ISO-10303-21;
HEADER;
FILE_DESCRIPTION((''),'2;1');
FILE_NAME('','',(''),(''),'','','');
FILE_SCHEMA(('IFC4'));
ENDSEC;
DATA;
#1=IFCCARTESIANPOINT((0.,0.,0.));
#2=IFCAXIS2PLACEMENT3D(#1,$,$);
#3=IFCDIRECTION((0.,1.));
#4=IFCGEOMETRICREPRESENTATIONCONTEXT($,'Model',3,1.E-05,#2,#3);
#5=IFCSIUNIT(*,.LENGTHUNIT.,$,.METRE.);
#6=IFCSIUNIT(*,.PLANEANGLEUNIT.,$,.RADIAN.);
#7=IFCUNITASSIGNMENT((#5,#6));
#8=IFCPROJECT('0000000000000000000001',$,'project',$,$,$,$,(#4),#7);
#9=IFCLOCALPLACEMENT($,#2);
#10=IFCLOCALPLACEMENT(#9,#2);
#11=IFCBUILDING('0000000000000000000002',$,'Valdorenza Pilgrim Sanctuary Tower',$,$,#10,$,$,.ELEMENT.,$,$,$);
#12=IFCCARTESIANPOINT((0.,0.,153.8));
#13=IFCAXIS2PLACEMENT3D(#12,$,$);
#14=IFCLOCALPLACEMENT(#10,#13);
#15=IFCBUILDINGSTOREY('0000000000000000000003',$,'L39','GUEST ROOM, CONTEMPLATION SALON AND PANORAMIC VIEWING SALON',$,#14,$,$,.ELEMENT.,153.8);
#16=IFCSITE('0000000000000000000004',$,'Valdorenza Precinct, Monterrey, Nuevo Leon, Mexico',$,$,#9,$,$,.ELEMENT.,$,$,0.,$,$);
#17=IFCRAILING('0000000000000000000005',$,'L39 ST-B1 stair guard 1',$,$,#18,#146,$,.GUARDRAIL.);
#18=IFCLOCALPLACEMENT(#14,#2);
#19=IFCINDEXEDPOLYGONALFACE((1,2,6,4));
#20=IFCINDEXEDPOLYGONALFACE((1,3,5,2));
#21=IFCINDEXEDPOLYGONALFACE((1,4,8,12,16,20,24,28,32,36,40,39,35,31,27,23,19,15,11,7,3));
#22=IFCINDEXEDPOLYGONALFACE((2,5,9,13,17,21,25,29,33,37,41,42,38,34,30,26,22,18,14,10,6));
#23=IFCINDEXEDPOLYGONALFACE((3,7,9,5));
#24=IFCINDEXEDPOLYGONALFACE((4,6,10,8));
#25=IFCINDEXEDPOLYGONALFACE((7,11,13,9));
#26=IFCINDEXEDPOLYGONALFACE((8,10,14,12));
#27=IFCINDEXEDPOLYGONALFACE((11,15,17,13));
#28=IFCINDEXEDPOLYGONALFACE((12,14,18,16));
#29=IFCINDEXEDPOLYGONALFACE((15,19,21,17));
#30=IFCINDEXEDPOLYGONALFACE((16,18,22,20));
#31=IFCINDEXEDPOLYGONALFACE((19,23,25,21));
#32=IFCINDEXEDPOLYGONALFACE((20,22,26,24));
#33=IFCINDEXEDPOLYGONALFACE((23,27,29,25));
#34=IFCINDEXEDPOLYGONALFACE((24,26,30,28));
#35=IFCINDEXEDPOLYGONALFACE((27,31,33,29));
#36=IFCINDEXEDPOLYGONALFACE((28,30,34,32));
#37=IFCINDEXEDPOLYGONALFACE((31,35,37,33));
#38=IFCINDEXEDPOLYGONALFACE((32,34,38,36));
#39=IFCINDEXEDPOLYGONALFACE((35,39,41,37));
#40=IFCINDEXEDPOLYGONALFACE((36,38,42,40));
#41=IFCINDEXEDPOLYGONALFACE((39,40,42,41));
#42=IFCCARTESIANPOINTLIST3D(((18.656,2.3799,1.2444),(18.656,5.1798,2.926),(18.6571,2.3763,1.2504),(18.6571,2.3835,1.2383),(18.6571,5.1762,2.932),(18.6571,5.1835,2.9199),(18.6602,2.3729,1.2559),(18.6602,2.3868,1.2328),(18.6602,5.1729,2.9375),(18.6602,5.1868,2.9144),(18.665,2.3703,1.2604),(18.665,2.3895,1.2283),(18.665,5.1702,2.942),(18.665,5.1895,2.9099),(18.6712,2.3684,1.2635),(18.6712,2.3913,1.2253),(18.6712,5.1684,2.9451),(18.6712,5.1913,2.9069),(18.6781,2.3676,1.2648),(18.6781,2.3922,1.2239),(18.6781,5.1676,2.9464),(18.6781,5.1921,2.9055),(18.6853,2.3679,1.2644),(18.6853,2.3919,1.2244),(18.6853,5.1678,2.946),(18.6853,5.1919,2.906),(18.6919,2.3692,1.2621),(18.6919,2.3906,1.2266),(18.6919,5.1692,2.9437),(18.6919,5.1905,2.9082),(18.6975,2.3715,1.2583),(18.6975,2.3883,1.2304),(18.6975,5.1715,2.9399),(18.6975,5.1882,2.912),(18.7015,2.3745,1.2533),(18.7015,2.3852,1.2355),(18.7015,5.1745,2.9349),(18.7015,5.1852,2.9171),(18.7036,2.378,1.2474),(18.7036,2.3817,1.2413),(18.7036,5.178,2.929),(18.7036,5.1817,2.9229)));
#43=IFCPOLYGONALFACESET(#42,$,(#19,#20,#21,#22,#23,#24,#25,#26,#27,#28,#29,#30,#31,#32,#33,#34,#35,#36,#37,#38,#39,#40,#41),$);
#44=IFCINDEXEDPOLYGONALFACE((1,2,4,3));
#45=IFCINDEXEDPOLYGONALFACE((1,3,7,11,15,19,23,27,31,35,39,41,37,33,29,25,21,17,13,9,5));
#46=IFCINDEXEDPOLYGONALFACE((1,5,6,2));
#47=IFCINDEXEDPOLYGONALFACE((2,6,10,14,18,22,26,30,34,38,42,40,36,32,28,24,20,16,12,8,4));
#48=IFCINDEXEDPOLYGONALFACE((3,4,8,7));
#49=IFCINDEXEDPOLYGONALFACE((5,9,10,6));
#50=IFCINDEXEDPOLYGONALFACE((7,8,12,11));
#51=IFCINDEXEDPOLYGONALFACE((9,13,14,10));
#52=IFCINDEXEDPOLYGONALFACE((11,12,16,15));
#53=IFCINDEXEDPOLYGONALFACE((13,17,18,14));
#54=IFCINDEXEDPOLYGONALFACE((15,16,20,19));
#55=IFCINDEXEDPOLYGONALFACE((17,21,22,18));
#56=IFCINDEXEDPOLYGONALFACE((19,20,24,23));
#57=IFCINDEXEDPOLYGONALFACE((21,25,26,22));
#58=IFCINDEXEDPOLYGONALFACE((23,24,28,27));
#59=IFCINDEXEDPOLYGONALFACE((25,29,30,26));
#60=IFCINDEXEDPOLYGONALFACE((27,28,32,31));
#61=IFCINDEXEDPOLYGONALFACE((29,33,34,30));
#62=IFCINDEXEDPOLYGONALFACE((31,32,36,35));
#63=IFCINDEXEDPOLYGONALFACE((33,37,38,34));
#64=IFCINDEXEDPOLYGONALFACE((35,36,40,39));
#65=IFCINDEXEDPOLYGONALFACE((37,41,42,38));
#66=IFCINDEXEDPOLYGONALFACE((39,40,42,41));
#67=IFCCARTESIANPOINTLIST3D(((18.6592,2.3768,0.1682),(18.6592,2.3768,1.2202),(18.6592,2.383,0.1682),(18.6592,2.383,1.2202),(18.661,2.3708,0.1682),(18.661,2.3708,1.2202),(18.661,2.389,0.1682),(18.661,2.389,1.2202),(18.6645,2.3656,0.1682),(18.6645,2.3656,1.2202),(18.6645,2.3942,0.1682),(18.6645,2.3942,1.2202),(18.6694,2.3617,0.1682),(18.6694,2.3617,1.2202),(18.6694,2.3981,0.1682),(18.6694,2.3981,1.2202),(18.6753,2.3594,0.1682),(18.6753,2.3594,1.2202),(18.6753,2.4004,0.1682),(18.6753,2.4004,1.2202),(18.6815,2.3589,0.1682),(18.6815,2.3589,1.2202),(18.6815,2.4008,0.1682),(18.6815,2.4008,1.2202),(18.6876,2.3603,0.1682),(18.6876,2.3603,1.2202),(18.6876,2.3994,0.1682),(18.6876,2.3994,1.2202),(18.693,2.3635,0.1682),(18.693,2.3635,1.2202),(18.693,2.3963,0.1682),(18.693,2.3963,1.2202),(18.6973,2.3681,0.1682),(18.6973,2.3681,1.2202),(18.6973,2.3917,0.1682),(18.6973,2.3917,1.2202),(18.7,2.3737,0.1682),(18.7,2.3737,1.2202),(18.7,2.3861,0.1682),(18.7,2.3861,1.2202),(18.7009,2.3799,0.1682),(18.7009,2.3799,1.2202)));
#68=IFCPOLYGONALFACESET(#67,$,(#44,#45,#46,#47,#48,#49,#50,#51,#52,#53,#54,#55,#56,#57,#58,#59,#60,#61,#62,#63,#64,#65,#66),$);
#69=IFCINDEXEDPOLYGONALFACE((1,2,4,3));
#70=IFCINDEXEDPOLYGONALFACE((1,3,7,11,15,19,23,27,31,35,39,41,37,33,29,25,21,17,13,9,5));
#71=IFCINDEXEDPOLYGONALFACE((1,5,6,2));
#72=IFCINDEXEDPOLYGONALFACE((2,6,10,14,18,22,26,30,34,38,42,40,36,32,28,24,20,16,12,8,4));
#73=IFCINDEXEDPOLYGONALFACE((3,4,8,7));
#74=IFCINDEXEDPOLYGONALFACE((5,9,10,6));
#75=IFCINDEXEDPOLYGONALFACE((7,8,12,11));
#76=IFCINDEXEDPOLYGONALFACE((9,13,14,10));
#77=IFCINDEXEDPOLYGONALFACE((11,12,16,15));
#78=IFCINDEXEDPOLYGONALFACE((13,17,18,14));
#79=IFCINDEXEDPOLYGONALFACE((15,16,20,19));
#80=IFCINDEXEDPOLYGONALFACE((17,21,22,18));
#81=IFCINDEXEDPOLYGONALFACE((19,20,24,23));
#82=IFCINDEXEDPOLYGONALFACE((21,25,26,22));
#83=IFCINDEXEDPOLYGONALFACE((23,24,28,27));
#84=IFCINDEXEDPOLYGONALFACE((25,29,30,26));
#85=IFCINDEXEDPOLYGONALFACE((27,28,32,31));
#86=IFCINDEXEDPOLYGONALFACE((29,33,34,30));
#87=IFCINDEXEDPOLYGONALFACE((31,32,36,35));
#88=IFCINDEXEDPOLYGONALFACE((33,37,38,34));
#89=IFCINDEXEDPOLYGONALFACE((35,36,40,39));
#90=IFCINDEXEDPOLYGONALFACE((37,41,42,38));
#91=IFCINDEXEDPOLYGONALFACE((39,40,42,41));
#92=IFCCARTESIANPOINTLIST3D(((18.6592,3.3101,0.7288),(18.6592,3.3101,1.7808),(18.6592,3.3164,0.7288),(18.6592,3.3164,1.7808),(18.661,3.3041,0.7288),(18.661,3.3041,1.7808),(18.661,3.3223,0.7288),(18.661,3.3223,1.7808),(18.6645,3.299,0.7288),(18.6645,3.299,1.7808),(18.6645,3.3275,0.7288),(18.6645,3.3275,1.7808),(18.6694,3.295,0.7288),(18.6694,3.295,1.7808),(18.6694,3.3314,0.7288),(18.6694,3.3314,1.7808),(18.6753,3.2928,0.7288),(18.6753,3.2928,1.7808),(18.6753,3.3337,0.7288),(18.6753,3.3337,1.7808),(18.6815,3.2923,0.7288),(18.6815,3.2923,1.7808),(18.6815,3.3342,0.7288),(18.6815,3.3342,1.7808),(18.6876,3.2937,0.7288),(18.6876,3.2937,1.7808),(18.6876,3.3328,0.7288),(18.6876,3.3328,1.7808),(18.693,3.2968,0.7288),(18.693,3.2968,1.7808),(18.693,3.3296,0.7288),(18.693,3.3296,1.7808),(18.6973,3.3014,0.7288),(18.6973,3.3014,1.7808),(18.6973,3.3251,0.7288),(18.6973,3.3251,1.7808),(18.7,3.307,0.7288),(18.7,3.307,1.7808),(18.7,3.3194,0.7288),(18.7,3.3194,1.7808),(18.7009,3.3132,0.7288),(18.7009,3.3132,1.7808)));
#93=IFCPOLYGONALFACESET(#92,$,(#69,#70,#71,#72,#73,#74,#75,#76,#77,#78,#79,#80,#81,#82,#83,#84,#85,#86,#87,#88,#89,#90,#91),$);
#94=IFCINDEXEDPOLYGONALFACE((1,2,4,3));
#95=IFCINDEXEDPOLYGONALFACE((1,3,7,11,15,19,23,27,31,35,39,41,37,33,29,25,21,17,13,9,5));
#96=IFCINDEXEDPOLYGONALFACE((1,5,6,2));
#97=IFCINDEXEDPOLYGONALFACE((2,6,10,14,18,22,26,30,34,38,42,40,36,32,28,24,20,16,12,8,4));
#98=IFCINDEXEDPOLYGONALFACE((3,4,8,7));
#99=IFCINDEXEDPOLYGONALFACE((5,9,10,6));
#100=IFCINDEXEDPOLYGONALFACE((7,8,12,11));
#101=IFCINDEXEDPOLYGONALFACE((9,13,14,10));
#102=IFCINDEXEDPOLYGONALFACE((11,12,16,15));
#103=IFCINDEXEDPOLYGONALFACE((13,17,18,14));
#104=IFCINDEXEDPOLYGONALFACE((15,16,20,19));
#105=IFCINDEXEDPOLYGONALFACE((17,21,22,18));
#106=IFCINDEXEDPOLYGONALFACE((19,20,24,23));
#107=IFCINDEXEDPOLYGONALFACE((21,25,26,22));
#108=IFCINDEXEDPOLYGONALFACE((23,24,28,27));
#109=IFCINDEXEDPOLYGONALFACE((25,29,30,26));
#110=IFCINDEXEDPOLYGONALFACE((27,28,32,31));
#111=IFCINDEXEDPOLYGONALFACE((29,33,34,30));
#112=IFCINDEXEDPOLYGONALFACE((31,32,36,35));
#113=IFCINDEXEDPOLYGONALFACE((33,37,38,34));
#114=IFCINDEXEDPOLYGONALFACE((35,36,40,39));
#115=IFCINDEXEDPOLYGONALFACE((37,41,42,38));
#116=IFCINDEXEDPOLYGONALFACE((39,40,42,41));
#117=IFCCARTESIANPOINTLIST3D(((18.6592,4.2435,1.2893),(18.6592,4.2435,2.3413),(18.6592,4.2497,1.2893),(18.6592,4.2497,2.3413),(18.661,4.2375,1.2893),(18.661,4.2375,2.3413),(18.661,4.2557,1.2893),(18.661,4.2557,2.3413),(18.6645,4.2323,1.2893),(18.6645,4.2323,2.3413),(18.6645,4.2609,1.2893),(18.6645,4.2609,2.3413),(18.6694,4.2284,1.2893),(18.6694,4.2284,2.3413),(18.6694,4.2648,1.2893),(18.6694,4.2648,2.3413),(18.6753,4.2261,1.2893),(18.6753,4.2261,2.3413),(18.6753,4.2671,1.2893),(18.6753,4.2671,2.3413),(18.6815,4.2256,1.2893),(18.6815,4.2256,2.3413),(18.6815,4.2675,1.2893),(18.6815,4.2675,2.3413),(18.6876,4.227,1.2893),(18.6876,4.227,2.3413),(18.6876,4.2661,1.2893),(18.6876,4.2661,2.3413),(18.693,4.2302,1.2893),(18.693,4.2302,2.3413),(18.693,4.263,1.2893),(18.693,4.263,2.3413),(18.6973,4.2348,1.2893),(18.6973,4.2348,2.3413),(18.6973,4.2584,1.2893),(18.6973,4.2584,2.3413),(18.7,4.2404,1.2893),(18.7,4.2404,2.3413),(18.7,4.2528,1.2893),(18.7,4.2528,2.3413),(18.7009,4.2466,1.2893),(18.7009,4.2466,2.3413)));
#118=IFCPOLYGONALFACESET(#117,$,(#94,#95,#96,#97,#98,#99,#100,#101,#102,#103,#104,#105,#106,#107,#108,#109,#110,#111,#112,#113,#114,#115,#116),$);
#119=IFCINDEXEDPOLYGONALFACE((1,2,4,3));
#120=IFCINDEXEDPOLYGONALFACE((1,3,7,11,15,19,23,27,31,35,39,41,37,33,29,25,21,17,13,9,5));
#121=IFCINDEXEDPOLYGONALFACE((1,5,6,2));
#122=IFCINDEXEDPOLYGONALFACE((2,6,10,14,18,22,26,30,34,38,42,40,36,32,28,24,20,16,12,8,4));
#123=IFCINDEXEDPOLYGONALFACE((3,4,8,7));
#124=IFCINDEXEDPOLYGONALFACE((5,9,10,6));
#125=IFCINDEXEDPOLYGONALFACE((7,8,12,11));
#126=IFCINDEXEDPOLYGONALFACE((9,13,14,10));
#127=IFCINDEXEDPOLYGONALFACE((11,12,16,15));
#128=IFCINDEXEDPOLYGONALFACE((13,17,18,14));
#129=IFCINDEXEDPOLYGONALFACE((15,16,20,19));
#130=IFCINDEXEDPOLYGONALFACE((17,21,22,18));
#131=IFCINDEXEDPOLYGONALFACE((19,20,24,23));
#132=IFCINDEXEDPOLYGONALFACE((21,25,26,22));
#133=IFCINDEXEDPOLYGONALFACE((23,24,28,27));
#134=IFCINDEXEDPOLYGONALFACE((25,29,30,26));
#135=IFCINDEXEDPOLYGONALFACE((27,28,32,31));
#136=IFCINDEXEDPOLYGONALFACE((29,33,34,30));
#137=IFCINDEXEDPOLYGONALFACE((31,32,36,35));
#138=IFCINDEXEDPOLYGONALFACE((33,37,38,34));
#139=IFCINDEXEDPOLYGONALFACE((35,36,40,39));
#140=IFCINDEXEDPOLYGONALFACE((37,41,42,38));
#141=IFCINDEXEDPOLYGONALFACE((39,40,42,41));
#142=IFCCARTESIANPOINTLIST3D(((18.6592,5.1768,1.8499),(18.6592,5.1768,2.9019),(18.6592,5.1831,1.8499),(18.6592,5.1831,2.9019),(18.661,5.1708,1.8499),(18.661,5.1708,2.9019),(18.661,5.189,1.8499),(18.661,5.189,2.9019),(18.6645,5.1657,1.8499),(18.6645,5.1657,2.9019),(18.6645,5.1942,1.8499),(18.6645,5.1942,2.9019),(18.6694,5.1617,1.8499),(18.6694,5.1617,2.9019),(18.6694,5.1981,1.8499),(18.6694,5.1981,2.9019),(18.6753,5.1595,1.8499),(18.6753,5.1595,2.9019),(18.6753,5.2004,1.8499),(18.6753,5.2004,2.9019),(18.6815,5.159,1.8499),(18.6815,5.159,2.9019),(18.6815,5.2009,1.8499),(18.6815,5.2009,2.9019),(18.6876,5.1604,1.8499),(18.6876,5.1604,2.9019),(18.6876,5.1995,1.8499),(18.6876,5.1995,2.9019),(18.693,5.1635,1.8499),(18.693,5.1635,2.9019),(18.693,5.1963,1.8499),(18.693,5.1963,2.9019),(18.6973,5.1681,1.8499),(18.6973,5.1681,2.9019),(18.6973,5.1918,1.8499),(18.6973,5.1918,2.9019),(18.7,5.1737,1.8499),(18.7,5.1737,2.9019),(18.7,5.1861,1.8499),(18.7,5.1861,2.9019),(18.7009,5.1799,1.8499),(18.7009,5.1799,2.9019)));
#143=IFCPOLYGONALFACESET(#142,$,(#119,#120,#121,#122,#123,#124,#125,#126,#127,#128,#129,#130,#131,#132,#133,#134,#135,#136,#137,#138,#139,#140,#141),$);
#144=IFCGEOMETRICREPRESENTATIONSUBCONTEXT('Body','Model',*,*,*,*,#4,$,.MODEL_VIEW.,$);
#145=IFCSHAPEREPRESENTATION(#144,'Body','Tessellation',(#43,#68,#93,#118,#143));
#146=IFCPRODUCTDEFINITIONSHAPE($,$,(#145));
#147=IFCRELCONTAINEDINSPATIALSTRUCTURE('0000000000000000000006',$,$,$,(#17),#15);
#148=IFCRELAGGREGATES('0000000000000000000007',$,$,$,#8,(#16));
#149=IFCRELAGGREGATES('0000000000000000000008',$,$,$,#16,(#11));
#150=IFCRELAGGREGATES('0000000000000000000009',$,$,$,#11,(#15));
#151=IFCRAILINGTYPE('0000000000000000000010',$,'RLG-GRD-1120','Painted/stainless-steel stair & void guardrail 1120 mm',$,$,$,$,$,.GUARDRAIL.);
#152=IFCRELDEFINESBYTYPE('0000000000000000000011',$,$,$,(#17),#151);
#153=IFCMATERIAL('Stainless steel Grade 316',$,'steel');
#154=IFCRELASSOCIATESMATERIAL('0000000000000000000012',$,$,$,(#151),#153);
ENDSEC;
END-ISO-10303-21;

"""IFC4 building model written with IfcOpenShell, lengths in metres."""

from ifc_helpers import new_model, si_unit, direction, frame, origin, origin_2d, place, context, subcontext, project, spatial, circle, extrude, material, type_object, element, save


model = new_model("IFC4")

# Units and contexts
model_context = context("Model", 3, precision=1e-05, world=origin(), true_north=direction((0.0, 1.0)))
body_context = subcontext(model_context, "Body", "Model", "MODEL_VIEW")
ifc_project = project(units=[si_unit("LENGTHUNIT", "METRE"), si_unit("PLANEANGLEUNIT", "RADIAN")], contexts=[model_context])

# Site, building, storey
site_placement = place(None, origin())
site = spatial("IfcSite", under=ifc_project, at=site_placement, Name="Valdorenza Precinct, Monterrey, Nuevo Leon, Mexico", CompositionType="ELEMENT", RefElevation=0.0)
building_placement = place(site_placement, origin())
building = spatial("IfcBuilding", under=site, at=building_placement, Name="Valdorenza Pilgrim Sanctuary Tower", CompositionType="ELEMENT")
storey_placement = place(building_placement, frame((0.0, 0.0, 153.8)))
storey = spatial("IfcBuildingStorey", under=building, at=storey_placement, Name="L39", Description="GUEST ROOM, CONTEMPLATION SALON AND PANORAMIC VIEWING SALON", CompositionType="ELEMENT", Elevation=153.8)

# Railing
ifc_material_1 = material(Name="Stainless steel Grade 316", Category="steel")
railing_type_1 = type_object("IfcRailingType", Name="RLG-GRD-1120", Description="Painted/stainless-steel stair & void guardrail 1120 mm", PredefinedType="GUARDRAIL", material=ifc_material_1)
railing_1_placement = place(storey_placement, frame((18.6799, 2.3799, 0.1682)))
element("IfcRailing", 1, at=railing_1_placement, inside=storey, type_object=railing_type_1, Name="L39 ST-B1 stair guard 1", PredefinedType="GUARDRAIL", context=body_context, shape_type="SweptSolid", body=[
    extrude(circle(Radius=0.0239, at=origin_2d()), frame((0.0, 0.0, 1.0762), z_axis=(0.0, 0.857275, 0.514858), x_axis=(-1.0, 0.0, 0.0)), (0.0, 0.0, 1.0), 3.2661),
    extrude(circle(Radius=0.021, at=origin_2d()), origin(), (0.0, 0.0, 1.0), 1.052),
    extrude(circle(Radius=0.021, at=origin_2d()), frame((0.0, 0.9333, 0.5605)), (0.0, 0.0, 1.0), 1.052),
    extrude(circle(Radius=0.021, at=origin_2d()), frame((0.0, 1.8667, 1.1211)), (0.0, 0.0, 1.0), 1.052),
    extrude(circle(Radius=0.021, at=origin_2d()), frame((0.0, 2.8, 1.6816)), (0.0, 0.0, 1.0), 1.052),
])

save(model, "model.ifc")
